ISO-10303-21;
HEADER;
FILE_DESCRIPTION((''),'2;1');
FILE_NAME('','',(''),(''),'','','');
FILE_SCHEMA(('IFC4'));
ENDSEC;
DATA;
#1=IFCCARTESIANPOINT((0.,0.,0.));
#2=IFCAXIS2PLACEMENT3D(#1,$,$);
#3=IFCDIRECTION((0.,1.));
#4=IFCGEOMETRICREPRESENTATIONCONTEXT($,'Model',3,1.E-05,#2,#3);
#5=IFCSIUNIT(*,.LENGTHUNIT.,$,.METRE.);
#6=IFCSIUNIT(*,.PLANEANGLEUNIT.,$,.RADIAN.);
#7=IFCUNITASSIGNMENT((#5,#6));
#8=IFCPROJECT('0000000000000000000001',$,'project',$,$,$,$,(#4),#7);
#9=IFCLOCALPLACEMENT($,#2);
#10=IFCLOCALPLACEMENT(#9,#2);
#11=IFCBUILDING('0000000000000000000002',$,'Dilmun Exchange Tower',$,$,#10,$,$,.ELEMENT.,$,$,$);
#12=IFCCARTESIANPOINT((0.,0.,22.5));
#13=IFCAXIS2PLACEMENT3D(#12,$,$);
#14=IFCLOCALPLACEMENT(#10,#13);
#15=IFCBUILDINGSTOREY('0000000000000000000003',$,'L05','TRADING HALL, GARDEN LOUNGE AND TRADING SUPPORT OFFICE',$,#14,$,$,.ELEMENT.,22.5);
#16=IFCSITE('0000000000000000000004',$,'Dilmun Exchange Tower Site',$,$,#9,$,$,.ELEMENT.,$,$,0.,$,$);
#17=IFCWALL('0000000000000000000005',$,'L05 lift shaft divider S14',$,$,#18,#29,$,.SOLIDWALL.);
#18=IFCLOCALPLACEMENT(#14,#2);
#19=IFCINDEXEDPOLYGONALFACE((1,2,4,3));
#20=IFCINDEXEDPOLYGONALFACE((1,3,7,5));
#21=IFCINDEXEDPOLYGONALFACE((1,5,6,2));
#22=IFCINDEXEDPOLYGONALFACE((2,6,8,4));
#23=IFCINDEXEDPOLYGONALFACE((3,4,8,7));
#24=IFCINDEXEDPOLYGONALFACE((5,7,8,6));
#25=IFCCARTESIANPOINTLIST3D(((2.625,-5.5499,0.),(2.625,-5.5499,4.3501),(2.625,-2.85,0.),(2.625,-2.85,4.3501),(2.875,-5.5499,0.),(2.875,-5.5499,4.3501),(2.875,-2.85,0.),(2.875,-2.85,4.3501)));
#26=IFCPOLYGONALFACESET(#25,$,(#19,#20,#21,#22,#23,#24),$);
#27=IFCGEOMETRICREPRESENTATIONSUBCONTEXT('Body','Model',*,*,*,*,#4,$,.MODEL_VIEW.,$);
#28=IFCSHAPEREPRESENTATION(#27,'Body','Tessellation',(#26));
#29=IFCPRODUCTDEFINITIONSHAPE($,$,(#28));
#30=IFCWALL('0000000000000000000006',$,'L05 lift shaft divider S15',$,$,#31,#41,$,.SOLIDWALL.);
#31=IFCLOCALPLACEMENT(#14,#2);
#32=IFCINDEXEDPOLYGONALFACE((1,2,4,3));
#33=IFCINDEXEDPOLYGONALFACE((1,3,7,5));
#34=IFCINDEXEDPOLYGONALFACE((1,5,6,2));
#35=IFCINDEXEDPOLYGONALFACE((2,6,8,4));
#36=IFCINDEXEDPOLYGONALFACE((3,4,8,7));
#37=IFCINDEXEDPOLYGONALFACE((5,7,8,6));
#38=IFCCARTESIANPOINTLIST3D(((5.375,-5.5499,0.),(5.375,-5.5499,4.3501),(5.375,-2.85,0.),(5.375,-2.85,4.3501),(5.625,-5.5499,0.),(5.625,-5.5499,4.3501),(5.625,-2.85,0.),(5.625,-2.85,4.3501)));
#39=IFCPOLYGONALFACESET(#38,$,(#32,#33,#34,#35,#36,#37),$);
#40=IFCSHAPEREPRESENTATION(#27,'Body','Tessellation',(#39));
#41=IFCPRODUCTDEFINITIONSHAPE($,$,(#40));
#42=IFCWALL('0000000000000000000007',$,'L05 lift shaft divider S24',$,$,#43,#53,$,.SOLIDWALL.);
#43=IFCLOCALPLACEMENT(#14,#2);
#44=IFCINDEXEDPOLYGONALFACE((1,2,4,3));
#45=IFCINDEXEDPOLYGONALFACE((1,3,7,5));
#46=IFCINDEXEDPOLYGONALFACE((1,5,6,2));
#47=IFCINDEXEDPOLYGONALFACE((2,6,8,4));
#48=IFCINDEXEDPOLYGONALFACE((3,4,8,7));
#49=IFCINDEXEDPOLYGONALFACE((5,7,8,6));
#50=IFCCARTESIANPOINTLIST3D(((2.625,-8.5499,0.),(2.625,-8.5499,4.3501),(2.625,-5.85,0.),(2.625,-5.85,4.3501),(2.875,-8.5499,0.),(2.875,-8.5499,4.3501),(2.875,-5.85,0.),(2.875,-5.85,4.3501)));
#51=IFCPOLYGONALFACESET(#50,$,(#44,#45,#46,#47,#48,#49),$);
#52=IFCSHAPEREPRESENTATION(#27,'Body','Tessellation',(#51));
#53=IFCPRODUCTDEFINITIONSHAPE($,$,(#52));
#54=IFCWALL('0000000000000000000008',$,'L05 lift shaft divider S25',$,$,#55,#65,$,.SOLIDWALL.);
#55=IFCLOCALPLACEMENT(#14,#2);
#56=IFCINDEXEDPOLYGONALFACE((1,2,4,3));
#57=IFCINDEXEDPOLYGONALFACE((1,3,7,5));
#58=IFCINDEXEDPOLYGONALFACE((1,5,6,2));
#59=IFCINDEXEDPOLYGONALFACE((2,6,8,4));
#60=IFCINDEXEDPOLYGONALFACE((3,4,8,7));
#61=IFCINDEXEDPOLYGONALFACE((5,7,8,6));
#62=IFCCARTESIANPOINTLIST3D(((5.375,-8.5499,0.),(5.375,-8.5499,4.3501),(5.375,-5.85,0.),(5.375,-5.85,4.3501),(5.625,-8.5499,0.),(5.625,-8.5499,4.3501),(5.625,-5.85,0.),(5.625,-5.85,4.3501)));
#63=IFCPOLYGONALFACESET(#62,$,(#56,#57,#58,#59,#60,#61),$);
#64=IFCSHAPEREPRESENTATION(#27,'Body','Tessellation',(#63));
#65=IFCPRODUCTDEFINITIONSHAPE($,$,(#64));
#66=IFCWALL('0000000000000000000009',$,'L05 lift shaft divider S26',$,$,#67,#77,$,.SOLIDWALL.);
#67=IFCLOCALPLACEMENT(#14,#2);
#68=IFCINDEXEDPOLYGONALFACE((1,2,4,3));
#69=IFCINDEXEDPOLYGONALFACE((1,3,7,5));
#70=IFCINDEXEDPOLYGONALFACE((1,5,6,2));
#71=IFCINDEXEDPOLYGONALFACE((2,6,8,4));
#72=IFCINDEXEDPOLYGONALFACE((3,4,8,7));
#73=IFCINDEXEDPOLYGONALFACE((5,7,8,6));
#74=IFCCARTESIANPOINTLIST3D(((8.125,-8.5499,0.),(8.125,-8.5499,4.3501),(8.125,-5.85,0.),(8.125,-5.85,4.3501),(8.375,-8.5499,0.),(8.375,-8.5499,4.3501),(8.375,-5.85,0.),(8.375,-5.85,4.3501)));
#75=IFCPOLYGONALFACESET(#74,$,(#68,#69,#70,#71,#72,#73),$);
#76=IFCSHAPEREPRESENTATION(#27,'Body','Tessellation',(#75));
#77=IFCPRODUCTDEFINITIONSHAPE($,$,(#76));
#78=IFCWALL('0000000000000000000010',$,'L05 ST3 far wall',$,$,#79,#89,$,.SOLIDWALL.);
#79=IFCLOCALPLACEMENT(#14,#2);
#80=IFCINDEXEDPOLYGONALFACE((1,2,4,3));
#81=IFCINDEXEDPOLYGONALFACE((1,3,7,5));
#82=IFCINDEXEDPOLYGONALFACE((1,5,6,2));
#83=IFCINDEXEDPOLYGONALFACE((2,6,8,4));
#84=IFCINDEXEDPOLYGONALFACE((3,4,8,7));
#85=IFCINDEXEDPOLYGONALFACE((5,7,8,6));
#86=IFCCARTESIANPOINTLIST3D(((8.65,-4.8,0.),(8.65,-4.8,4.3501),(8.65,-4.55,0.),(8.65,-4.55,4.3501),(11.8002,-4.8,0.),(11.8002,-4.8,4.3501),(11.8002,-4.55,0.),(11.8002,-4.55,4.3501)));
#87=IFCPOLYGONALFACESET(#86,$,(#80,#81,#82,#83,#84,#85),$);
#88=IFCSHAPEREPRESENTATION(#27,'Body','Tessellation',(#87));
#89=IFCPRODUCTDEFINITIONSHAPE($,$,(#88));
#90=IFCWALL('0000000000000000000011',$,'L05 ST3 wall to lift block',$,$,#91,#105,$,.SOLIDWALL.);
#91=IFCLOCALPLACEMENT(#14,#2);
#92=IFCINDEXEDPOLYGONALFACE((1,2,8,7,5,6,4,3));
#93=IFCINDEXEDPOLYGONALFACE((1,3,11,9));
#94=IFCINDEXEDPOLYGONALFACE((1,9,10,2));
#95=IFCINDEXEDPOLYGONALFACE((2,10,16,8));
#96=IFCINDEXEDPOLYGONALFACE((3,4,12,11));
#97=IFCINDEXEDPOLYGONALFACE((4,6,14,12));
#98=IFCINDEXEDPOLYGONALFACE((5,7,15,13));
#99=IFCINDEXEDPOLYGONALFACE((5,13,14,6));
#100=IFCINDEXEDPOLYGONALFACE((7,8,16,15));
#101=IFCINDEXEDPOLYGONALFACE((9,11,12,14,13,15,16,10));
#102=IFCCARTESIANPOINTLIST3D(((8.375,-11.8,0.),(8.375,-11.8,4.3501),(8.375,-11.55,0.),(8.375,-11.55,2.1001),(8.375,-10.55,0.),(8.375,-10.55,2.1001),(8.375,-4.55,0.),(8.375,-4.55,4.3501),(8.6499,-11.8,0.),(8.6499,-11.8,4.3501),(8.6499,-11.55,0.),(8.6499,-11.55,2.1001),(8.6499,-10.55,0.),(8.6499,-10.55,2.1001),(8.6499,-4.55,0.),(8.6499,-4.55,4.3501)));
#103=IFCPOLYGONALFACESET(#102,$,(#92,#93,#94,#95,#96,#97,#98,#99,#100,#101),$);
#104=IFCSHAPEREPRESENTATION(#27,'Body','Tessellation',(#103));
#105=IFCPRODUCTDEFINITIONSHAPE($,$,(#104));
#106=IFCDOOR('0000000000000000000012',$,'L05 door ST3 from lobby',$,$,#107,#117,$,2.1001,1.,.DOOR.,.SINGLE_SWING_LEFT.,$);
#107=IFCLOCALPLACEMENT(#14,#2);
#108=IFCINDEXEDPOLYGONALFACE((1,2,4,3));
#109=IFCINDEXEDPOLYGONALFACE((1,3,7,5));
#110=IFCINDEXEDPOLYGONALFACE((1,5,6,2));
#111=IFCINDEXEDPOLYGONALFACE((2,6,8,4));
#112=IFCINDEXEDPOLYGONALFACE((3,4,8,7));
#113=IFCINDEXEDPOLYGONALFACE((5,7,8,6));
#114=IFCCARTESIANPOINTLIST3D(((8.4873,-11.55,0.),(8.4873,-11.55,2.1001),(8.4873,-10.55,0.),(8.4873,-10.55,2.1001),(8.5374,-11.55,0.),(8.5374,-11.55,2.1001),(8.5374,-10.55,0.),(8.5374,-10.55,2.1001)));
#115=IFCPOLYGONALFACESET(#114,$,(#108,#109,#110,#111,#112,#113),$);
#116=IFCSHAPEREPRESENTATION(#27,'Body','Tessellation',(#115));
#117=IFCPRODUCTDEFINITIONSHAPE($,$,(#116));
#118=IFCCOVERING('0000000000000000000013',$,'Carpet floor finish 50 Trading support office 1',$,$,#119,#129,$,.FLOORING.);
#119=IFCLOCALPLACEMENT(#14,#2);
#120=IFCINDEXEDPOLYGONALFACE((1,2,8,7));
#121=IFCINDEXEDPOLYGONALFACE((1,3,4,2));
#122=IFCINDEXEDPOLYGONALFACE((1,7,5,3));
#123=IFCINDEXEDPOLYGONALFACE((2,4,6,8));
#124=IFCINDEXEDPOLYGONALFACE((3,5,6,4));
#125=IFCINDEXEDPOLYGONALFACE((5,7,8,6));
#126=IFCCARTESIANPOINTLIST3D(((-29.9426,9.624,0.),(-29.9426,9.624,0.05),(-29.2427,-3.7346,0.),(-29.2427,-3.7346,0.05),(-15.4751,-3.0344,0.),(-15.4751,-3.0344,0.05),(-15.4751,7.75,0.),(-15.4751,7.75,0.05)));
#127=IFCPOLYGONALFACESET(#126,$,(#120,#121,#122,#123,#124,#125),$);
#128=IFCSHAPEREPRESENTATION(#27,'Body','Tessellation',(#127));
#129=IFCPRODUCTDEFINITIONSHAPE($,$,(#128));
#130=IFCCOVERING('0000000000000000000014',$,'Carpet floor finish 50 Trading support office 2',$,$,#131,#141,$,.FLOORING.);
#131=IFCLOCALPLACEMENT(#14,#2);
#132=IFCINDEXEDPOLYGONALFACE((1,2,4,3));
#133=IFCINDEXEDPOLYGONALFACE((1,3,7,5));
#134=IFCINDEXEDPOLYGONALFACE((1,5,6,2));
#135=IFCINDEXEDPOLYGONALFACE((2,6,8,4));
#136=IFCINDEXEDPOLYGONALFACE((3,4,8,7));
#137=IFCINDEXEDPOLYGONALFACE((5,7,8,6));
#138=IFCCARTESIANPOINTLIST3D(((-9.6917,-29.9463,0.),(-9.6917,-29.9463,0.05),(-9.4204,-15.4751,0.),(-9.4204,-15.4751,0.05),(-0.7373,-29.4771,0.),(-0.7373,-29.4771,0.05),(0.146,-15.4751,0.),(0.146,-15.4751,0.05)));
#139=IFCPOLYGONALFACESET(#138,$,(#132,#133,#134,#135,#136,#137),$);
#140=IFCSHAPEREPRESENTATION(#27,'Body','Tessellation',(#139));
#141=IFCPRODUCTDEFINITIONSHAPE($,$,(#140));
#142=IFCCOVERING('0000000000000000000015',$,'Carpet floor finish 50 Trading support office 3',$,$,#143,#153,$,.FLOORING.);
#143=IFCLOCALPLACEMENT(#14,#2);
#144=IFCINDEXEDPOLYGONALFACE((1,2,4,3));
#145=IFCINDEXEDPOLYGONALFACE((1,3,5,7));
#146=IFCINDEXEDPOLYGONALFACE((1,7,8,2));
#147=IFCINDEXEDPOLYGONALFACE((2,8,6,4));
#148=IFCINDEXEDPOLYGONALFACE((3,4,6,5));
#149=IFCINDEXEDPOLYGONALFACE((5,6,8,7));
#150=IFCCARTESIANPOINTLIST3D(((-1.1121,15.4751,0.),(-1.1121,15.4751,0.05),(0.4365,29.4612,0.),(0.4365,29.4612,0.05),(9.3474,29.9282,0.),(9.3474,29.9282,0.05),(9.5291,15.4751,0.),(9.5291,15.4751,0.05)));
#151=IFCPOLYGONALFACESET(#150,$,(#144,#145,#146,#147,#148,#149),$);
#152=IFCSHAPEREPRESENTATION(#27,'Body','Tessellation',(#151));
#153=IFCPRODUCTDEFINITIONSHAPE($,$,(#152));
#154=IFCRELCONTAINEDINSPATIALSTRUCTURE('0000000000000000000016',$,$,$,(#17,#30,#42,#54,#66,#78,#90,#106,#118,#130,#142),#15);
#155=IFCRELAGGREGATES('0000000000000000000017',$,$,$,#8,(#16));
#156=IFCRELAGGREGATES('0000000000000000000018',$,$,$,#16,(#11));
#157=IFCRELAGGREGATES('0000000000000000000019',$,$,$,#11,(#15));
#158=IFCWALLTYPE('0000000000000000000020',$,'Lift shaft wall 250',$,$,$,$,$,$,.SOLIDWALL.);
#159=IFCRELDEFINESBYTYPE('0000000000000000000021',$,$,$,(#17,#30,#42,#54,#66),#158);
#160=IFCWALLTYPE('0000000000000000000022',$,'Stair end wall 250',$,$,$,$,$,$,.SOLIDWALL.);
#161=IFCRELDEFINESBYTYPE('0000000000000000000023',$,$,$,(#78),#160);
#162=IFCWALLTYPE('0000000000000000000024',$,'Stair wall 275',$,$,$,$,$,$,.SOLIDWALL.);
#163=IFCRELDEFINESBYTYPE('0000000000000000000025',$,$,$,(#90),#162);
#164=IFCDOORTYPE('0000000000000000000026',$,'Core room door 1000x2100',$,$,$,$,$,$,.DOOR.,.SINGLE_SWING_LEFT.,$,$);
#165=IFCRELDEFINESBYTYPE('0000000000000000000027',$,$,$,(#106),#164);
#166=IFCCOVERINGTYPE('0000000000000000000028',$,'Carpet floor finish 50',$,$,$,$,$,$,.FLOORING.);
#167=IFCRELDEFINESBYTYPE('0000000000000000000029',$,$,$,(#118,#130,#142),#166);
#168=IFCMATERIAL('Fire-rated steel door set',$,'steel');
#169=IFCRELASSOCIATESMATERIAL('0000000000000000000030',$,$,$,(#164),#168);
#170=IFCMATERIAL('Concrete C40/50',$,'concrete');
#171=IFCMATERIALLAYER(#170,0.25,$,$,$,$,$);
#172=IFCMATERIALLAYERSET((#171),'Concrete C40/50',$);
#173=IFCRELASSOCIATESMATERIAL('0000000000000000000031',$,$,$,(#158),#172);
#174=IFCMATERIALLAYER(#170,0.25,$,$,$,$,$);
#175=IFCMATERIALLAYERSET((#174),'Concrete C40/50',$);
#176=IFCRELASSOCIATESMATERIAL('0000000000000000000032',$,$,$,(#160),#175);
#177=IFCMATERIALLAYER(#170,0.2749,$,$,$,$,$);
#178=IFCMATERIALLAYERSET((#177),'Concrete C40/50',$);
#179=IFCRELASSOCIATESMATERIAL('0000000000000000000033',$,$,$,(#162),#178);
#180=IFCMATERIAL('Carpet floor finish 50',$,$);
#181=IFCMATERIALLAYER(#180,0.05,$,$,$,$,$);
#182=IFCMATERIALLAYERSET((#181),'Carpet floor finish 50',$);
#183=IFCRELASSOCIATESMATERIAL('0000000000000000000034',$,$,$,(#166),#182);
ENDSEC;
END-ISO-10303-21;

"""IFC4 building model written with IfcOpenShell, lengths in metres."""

from ifc_helpers import new_model, si_unit, direction, frame, frame_2d, origin, place, context, subcontext, project, spatial, polyline, rectangle, outline, extrude, material, layer, layer_set, type_object, element, fill, save


model = new_model("IFC4")

# Units and contexts
model_context = context("Model", 3, precision=1e-05, world=origin(), true_north=direction((0.0, 1.0)))
body_context = subcontext(model_context, "Body", "Model", "MODEL_VIEW")
ifc_project = project(units=[si_unit("LENGTHUNIT", "METRE"), si_unit("PLANEANGLEUNIT", "RADIAN")], contexts=[model_context])

# Site, building, storey
site_placement = place(None, origin())
site = spatial("IfcSite", under=ifc_project, at=site_placement, Name="Dilmun Exchange Tower Site", CompositionType="ELEMENT", RefElevation=0.0)
building_placement = place(site_placement, origin())
building = spatial("IfcBuilding", under=site, at=building_placement, Name="Dilmun Exchange Tower", CompositionType="ELEMENT")
storey_placement = place(building_placement, frame((0.0, 0.0, 22.5)))
storey = spatial("IfcBuildingStorey", under=building, at=storey_placement, Name="L05", Description="TRADING HALL, GARDEN LOUNGE AND TRADING SUPPORT OFFICE", CompositionType="ELEMENT", Elevation=22.5)

# Shared definitions
ifc_material_1 = material(Name="Concrete C40/50", Category="concrete")

# Shared definitions
ifc_material_2 = material(Name="Fire-rated steel door set", Category="steel")

# Shared definitions
door_type_1 = type_object("IfcDoorType", Name="Core room door 1000x2100", OperationType="SINGLE_SWING_LEFT", PredefinedType="DOOR", material=ifc_material_2)

# Walls
ifc_layer_1 = layer(ifc_material_1, 0.25)
ifc_layer_set_1 = layer_set([ifc_layer_1], Name="Concrete C40/50")
wall_type_1 = type_object("IfcWallType", Name="Lift shaft wall 250", PredefinedType="SOLIDWALL", material=ifc_layer_set_1)
for number, where, z_axis, x_axis, name in (
    (1, (2.75, -5.55, 0.0), (0.0, 0.0, 1.0), (0.0, 1.0, 0.0), "L05 lift shaft divider S14"),
    (2, (5.5, -5.55, 0.0), (0.0, 0.0, 1.0), (0.0, 1.0, 0.0), "L05 lift shaft divider S15"),
    (3, (2.75, -8.55, 0.0), (0.0, 0.0, 1.0), (0.0, 1.0, 0.0), "L05 lift shaft divider S24"),
    (4, (5.5, -8.55, 0.0), (0.0, 0.0, 1.0), (0.0, 1.0, 0.0), "L05 lift shaft divider S25"),
    (5, (8.25, -8.55, 0.0), (0.0, 0.0, 1.0), (0.0, 1.0, 0.0), "L05 lift shaft divider S26"),
):
    element("IfcWall", number, at=place(storey_placement, frame(where, z_axis=z_axis, x_axis=x_axis)), inside=storey, type_object=wall_type_1, Name=name, PredefinedType="SOLIDWALL", context=body_context, shape_type="SweptSolid", body=[
        extrude(rectangle(XDim=2.7, YDim=0.25, at=frame_2d((1.3501, 0.0))), origin(), (0.0, 0.0, 1.0), 4.3501),
    ])
ifc_layer_2 = layer(ifc_material_1, 0.25)
ifc_layer_set_2 = layer_set([ifc_layer_2], Name="Concrete C40/50")
wall_type_2 = type_object("IfcWallType", Name="Stair end wall 250", PredefinedType="SOLIDWALL", material=ifc_layer_set_2)
wall_1_placement = place(storey_placement, frame((8.6499, -4.675, 0.0), z_axis=(0.0, 0.0, 1.0), x_axis=(1.0, 0.0, 0.0)))
element("IfcWall", 6, at=wall_1_placement, inside=storey, type_object=wall_type_2, Name="L05 ST3 far wall", PredefinedType="SOLIDWALL", context=body_context, shape_type="SweptSolid", body=[
    extrude(rectangle(XDim=3.1501, YDim=0.25, at=frame_2d((1.5752, 0.0))), origin(), (0.0, 0.0, 1.0), 4.3501),
])

# Wall, opening, door
ifc_layer_3 = layer(ifc_material_1, 0.2749)
ifc_layer_set_3 = layer_set([ifc_layer_3], Name="Concrete C40/50")
wall_type_3 = type_object("IfcWallType", Name="Stair wall 275", PredefinedType="SOLIDWALL", material=ifc_layer_set_3)
wall_2_placement = place(storey_placement, frame((8.5125, -4.55, 0.0), z_axis=(0.0, 0.0, 1.0), x_axis=(0.0, -1.0, 0.0)))
wall_2 = element("IfcWall", 7, at=wall_2_placement, inside=storey, type_object=wall_type_3, Name="L05 ST3 wall to lift block", PredefinedType="SOLIDWALL", context=body_context, shape_type="SweptSolid", body=[
    extrude(rectangle(XDim=7.25, YDim=0.2749, at=frame_2d((3.625, 0.0))), origin(), (0.0, 0.0, 1.0), 4.3501),
])
opening_1_placement = place(wall_2_placement, frame((6.0, 0.0, 0.0)))
opening_1 = element("IfcOpeningElement", 8, at=opening_1_placement, cuts=wall_2, PredefinedType="OPENING", context=body_context, shape_type="SweptSolid", body=[
    extrude(rectangle(XDim=1.0, YDim=2.1001, at=frame_2d((0.5, 1.05))), frame((0.0, 0.1475, 0.0), z_axis=(0.0, -1.0, 0.0), x_axis=(1.0, 0.0, 0.0)), (0.0, 0.0, 1.0), 0.2949),
])
door_1_placement = place(opening_1_placement, origin())
door_1 = element("IfcDoor", 9, at=door_1_placement, inside=storey, type_object=door_type_1, Name="L05 door ST3 from lobby", OperationType="SINGLE_SWING_LEFT", OverallHeight=2.1001, OverallWidth=1.0, PredefinedType="DOOR", context=body_context, shape_type="SweptSolid", body=[
    extrude(rectangle(XDim=1.0, YDim=2.1001, at=frame_2d((0.5, 1.05))), frame((0.0, 0.0249, 0.0), z_axis=(0.0, -1.0, 0.0), x_axis=(1.0, 0.0, 0.0)), (0.0, 0.0, 1.0), 0.05),
])
fill(opening_1, door_1)

# Coverings
ifc_material_3 = material(Name="Carpet floor finish 50")
ifc_layer_4 = layer(ifc_material_3, 0.05)
ifc_layer_set_4 = layer_set([ifc_layer_4], Name="Carpet floor finish 50")
covering_type_1 = type_object("IfcCoveringType", Name="Carpet floor finish 50", PredefinedType="FLOORING", material=ifc_layer_set_4)
covering_1_placement = place(storey_placement, origin())
element("IfcCovering", 10, at=covering_1_placement, inside=storey, type_object=covering_type_1, Name="Carpet floor finish 50 Trading support office 1", PredefinedType="FLOORING", context=body_context, shape_type="SweptSolid", body=[
    extrude(outline(polyline([(-15.4751, 7.75), (-15.4751, -3.0344), (-29.2427, -3.7346), (-29.9426, 9.624), (-15.4751, 7.75)])), origin(), (0.0, 0.0, 1.0), 0.05),
])
covering_2_placement = place(storey_placement, origin())
element("IfcCovering", 11, at=covering_2_placement, inside=storey, type_object=covering_type_1, Name="Carpet floor finish 50 Trading support office 2", PredefinedType="FLOORING", context=body_context, shape_type="SweptSolid", body=[
    extrude(outline(polyline([(0.146, -15.4751), (-0.7373, -29.4771), (-9.6917, -29.9463), (-9.4204, -15.4751), (0.146, -15.4751)])), origin(), (0.0, 0.0, 1.0), 0.05),
])
covering_3_placement = place(storey_placement, origin())
element("IfcCovering", 12, at=covering_3_placement, inside=storey, type_object=covering_type_1, Name="Carpet floor finish 50 Trading support office 3", PredefinedType="FLOORING", context=body_context, shape_type="SweptSolid", body=[
    extrude(outline(polyline([(-1.1121, 15.4751), (0.4365, 29.4612), (9.3474, 29.9282), (9.5291, 15.4751), (-1.1121, 15.4751)])), origin(), (0.0, 0.0, 1.0), 0.05),
])

save(model, "model.ifc")
